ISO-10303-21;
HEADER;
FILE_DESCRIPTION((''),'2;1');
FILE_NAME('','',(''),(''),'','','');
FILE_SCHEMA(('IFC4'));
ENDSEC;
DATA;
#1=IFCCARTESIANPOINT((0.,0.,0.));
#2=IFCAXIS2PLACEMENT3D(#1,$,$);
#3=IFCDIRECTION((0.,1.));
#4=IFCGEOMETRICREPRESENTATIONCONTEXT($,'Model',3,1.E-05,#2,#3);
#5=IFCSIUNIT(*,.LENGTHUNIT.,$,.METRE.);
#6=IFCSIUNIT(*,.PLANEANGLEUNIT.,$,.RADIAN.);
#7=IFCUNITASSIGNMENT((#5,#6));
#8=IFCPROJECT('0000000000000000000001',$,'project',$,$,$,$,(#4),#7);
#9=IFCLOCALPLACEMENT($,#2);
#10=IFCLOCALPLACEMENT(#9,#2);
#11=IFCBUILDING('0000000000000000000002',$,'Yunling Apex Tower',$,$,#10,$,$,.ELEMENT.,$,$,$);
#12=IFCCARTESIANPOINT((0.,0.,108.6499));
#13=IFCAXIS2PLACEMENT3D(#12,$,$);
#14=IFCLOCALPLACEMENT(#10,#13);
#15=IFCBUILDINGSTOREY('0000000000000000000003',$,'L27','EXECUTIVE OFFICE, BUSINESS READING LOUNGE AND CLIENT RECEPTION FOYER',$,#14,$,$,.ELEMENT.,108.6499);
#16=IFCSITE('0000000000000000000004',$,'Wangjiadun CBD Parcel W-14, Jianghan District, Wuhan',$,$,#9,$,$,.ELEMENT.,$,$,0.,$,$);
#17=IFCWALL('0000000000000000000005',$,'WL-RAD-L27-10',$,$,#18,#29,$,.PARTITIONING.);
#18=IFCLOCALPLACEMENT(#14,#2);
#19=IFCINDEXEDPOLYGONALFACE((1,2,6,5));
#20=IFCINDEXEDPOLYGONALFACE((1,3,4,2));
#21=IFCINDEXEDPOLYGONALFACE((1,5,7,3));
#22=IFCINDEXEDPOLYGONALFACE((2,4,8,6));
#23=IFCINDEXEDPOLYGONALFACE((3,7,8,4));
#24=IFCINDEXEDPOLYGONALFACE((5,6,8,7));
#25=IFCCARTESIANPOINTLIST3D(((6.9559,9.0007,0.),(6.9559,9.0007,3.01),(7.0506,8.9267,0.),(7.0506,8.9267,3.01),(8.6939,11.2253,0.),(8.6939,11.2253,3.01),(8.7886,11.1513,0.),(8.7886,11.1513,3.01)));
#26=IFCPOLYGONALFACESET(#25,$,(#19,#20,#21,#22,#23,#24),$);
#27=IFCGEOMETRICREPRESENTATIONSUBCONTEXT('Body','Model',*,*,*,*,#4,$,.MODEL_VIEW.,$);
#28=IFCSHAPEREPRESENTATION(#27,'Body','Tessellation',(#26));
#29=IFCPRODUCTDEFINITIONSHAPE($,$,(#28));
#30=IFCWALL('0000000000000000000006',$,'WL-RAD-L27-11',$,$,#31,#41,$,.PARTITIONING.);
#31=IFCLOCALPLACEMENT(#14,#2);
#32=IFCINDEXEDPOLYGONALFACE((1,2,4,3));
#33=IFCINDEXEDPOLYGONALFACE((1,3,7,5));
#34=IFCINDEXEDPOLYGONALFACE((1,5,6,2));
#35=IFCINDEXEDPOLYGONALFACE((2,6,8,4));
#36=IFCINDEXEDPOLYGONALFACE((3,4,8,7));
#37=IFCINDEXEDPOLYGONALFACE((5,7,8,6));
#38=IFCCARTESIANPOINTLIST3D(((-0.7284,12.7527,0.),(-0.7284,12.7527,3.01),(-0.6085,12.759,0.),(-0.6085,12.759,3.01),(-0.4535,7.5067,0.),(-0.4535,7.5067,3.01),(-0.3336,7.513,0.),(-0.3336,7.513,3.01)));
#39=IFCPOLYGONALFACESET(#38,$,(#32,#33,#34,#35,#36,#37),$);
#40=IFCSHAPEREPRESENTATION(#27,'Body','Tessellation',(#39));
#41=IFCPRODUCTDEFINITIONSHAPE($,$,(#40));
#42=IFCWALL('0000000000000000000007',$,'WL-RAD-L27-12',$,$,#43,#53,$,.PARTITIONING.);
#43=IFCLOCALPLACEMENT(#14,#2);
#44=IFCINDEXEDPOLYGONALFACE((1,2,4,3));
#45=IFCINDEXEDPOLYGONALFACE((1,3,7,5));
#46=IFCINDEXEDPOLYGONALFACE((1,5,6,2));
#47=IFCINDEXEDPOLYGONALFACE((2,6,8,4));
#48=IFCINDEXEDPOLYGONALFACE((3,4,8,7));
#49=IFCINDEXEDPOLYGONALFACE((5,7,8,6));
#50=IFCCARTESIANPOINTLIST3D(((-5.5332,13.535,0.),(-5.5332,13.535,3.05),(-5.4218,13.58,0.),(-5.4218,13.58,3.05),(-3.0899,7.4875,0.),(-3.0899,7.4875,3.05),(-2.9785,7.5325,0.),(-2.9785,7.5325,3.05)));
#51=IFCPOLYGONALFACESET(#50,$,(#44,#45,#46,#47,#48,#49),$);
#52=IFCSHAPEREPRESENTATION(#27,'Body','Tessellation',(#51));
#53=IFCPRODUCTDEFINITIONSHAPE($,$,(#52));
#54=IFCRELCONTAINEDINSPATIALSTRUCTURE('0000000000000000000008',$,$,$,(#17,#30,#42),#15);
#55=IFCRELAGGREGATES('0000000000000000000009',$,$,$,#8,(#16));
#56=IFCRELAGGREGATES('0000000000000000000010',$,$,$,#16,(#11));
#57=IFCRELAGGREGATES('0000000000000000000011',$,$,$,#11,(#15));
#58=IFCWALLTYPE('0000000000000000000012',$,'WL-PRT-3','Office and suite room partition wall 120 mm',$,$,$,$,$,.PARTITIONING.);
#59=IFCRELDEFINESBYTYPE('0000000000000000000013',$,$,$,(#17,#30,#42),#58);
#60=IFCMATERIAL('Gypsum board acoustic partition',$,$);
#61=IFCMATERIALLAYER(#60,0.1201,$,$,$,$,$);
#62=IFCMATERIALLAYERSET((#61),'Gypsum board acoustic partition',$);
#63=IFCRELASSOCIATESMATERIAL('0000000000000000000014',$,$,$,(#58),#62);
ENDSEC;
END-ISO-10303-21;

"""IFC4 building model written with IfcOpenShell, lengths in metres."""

from ifc_helpers import new_model, si_unit, direction, frame, frame_2d, origin, place, context, subcontext, project, spatial, rectangle, extrude, material, layer, layer_set, type_object, element, save


model = new_model("IFC4")

# Units and contexts
model_context = context("Model", 3, precision=1e-05, world=origin(), true_north=direction((0.0, 1.0)))
body_context = subcontext(model_context, "Body", "Model", "MODEL_VIEW")
ifc_project = project(units=[si_unit("LENGTHUNIT", "METRE"), si_unit("PLANEANGLEUNIT", "RADIAN")], contexts=[model_context])

# Site, building, storey
site_placement = place(None, origin())
site = spatial("IfcSite", under=ifc_project, at=site_placement, Name="Wangjiadun CBD Parcel W-14, Jianghan District, Wuhan", CompositionType="ELEMENT", RefElevation=0.0)
building_placement = place(site_placement, origin())
building = spatial("IfcBuilding", under=site, at=building_placement, Name="Yunling Apex Tower", CompositionType="ELEMENT")
storey_placement = place(building_placement, frame((0.0, 0.0, 108.6499)))
storey = spatial("IfcBuildingStorey", under=building, at=storey_placement, Name="L27", Description="EXECUTIVE OFFICE, BUSINESS READING LOUNGE AND CLIENT RECEPTION FOYER", CompositionType="ELEMENT", Elevation=108.6499)

# Walls
ifc_material_1 = material(Name="Gypsum board acoustic partition")
ifc_layer_1 = layer(ifc_material_1, 0.1201)
ifc_layer_set_1 = layer_set([ifc_layer_1], Name="Gypsum board acoustic partition")
wall_type_1 = type_object("IfcWallType", Name="WL-PRT-3", Description="Office and suite room partition wall 120 mm", PredefinedType="PARTITIONING", material=ifc_layer_set_1)
wall_1_placement = place(storey_placement, frame((7.0032, 8.9636, 0.0), z_axis=(0.0, 0.0, 1.0), x_axis=(0.615657, 0.788014, 0.0)))
element("IfcWall", 1, at=wall_1_placement, inside=storey, type_object=wall_type_1, Name="WL-RAD-L27-10", PredefinedType="PARTITIONING", context=body_context, shape_type="SweptSolid", body=[
    extrude(rectangle(XDim=2.823, YDim=0.1201, at=frame_2d((1.4116, 0.0))), origin(), (0.0, 0.0, 1.0), 3.01),
])
wall_2_placement = place(storey_placement, frame((-0.3936, 7.51, 0.0), z_axis=(0.0, 0.0, 1.0), x_axis=(-0.05233, 0.99863, 0.0)))
element("IfcWall", 2, at=wall_2_placement, inside=storey, type_object=wall_type_1, Name="WL-RAD-L27-11", PredefinedType="PARTITIONING", context=body_context, shape_type="SweptSolid", body=[
    extrude(rectangle(XDim=5.2532, YDim=0.1201, at=frame_2d((2.6265, 0.0))), origin(), (0.0, 0.0, 1.0), 3.01),
])
wall_3_placement = place(storey_placement, frame((-3.0342, 7.51, 0.0), z_axis=(0.0, 0.0, 1.0), x_axis=(-0.374602, 0.927186, 0.0)))
element("IfcWall", 3, at=wall_3_placement, inside=storey, type_object=wall_type_1, Name="WL-RAD-L27-12", PredefinedType="PARTITIONING", context=body_context, shape_type="SweptSolid", body=[
    extrude(rectangle(XDim=6.5225, YDim=0.1201, at=frame_2d((3.2612, 0.0))), origin(), (0.0, 0.0, 1.0), 3.05),
])

save(model, "model.ifc")
